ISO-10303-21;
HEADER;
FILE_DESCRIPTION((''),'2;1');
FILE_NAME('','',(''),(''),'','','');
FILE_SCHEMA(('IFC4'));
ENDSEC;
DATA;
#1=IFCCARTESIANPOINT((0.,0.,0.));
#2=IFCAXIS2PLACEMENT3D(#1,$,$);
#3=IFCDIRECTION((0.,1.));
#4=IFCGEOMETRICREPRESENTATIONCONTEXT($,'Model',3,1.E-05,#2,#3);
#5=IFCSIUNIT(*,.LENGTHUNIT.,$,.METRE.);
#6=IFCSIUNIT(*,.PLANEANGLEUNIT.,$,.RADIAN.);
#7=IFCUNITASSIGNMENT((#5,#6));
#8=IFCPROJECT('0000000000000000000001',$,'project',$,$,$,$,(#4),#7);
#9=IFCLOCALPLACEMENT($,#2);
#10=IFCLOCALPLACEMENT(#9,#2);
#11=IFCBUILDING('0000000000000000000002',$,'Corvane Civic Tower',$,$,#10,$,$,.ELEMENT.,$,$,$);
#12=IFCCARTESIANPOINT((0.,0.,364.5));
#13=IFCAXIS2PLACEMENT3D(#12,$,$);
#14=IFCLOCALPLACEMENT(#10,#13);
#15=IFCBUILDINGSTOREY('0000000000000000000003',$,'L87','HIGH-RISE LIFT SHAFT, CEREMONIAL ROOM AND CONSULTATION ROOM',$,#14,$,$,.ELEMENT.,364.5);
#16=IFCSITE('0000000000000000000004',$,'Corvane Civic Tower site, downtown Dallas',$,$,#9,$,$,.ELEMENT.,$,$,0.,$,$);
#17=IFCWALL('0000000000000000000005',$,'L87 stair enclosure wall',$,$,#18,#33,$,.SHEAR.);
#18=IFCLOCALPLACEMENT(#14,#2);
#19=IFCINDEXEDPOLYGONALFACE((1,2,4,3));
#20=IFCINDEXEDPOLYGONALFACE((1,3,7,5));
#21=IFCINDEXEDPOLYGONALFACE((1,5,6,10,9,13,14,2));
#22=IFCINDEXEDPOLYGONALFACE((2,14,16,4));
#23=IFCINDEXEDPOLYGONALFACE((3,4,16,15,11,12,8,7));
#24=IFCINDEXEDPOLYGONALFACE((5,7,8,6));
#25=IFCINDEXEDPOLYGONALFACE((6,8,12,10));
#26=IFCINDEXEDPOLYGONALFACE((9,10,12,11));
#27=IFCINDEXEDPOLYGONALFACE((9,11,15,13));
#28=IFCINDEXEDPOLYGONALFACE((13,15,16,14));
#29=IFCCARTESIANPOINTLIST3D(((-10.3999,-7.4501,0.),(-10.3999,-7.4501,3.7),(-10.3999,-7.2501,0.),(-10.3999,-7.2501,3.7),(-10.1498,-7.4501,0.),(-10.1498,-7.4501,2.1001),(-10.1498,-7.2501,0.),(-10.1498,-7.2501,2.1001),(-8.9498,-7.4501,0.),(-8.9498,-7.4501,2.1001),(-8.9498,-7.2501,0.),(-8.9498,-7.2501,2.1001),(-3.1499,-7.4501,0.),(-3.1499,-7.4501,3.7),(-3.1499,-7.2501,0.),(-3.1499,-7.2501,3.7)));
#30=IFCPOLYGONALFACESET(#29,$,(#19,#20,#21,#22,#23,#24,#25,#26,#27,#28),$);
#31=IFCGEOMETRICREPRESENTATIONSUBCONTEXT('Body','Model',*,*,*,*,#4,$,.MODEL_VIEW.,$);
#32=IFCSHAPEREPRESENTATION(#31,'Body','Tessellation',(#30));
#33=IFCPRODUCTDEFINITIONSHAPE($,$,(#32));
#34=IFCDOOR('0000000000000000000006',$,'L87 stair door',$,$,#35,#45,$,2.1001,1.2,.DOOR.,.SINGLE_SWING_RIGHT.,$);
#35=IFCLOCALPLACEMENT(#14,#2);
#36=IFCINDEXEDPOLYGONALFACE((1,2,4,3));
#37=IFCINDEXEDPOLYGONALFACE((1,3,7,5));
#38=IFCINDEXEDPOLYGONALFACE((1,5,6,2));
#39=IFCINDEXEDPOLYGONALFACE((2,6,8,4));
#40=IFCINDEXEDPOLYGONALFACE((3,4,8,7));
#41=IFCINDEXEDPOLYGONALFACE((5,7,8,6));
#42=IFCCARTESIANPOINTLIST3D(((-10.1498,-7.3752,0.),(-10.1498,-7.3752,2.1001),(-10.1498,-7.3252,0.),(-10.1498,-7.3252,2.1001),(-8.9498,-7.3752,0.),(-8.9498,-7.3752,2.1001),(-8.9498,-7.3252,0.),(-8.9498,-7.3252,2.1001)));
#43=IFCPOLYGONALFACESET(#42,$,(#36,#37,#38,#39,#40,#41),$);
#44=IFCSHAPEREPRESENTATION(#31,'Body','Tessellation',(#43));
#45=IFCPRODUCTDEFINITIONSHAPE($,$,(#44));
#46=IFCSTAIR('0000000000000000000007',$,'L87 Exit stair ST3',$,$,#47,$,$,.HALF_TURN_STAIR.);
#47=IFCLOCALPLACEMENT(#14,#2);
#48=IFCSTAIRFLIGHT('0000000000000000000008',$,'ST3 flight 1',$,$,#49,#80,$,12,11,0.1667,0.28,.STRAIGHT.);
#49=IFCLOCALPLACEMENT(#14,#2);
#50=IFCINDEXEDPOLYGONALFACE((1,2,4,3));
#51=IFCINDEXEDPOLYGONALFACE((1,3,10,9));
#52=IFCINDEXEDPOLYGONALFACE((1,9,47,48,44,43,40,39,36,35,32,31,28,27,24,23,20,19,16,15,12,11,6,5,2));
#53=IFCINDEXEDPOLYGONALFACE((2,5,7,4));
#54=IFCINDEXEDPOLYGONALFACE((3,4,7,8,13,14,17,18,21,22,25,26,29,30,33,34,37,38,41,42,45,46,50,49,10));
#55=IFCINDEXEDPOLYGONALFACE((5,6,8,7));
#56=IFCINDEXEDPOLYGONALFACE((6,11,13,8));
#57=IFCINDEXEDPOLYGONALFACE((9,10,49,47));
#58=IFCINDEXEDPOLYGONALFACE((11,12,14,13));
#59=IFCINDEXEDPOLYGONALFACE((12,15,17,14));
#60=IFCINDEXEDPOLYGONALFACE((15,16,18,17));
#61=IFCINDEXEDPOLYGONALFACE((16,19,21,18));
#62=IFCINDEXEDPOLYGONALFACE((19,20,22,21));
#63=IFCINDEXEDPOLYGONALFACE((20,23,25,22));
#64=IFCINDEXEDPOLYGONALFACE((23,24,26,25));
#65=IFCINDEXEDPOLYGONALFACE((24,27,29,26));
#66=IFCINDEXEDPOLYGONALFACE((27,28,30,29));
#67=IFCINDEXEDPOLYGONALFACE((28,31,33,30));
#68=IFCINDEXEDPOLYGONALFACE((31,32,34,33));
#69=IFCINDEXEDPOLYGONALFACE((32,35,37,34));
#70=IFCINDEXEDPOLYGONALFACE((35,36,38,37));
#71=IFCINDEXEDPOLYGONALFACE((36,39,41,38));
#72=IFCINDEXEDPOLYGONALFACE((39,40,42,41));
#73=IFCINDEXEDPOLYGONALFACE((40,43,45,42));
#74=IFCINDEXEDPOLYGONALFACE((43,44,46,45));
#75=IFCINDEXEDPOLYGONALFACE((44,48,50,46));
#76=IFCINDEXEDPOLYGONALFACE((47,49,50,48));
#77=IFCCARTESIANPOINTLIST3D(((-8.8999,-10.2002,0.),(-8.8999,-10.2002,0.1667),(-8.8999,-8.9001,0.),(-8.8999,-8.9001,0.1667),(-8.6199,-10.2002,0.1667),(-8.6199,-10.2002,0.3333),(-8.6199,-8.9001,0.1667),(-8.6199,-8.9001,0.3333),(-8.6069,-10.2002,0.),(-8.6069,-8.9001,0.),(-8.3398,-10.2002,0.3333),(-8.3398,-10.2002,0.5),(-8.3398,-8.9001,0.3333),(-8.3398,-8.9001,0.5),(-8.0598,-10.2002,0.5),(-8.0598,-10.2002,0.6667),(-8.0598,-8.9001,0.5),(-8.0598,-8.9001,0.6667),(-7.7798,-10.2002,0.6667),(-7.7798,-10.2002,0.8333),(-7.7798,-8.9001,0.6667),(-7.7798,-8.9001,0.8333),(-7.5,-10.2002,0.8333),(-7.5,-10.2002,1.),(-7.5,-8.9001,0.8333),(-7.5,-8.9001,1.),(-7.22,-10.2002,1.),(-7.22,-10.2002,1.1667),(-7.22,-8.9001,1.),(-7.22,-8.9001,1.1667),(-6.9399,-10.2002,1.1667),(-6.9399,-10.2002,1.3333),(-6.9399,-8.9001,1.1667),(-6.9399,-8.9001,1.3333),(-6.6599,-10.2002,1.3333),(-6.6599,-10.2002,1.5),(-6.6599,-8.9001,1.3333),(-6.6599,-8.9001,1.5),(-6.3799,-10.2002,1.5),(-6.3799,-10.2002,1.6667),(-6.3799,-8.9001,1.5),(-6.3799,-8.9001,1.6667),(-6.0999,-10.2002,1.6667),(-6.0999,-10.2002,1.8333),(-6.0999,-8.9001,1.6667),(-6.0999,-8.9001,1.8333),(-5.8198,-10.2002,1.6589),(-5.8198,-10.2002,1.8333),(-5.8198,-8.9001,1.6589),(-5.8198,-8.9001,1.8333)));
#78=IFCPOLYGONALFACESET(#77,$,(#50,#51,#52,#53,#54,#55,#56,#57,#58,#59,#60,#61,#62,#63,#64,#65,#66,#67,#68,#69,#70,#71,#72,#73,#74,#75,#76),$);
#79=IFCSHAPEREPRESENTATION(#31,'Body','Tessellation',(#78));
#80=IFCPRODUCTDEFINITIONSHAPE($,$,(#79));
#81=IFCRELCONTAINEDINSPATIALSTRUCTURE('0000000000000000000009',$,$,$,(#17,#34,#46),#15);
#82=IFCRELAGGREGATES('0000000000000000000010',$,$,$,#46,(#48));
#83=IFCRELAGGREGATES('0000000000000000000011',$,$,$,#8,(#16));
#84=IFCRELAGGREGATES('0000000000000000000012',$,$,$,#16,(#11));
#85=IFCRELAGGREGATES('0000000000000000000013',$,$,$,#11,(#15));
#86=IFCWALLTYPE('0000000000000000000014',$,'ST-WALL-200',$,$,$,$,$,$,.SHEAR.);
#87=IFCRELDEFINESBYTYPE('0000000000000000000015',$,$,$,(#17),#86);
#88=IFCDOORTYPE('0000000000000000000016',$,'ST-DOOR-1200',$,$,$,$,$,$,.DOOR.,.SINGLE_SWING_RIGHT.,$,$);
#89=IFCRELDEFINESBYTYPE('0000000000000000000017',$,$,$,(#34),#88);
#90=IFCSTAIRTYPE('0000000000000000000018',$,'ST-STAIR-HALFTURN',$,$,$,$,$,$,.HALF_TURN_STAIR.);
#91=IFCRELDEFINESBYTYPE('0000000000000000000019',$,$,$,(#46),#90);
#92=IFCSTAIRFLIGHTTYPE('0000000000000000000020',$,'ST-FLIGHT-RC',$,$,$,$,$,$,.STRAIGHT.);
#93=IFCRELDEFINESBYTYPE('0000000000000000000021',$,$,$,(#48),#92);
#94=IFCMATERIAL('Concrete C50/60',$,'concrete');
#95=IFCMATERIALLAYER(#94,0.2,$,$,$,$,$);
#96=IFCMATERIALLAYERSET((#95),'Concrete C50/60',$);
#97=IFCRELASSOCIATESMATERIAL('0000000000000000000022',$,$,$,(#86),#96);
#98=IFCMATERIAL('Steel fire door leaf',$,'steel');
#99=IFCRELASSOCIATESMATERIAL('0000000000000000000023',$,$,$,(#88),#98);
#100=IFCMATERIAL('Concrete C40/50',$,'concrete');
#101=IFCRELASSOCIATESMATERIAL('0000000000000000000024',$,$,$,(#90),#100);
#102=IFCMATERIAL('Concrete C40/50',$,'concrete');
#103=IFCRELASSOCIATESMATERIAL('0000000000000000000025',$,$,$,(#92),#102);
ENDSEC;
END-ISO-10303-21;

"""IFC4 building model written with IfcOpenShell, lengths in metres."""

from ifc_helpers import new_model, si_unit, direction, frame, frame_2d, origin, place, context, subcontext, project, spatial, polyline, rectangle, outline, extrude, material, layer, layer_set, type_object, element, fill, aggregate, save


model = new_model("IFC4")

# Units and contexts
model_context = context("Model", 3, precision=1e-05, world=origin(), true_north=direction((0.0, 1.0)))
body_context = subcontext(model_context, "Body", "Model", "MODEL_VIEW")
ifc_project = project(units=[si_unit("LENGTHUNIT", "METRE"), si_unit("PLANEANGLEUNIT", "RADIAN")], contexts=[model_context])

# Site, building, storey
site_placement = place(None, origin())
site = spatial("IfcSite", under=ifc_project, at=site_placement, Name="Corvane Civic Tower site, downtown Dallas", CompositionType="ELEMENT", RefElevation=0.0)
building_placement = place(site_placement, origin())
building = spatial("IfcBuilding", under=site, at=building_placement, Name="Corvane Civic Tower", CompositionType="ELEMENT")
storey_placement = place(building_placement, frame((0.0, 0.0, 364.5)))
storey = spatial("IfcBuildingStorey", under=building, at=storey_placement, Name="L87", Description="HIGH-RISE LIFT SHAFT, CEREMONIAL ROOM AND CONSULTATION ROOM", CompositionType="ELEMENT", Elevation=364.5)

# Wall, opening, door
ifc_material_1 = material(Name="Concrete C50/60", Category="concrete")
ifc_layer_1 = layer(ifc_material_1, 0.2)
ifc_layer_set_1 = layer_set([ifc_layer_1], Name="Concrete C50/60")
wall_type_1 = type_object("IfcWallType", Name="ST-WALL-200", PredefinedType="SHEAR", material=ifc_layer_set_1)
wall_1_placement = place(storey_placement, frame((-10.3999, -7.3501, 0.0), z_axis=(0.0, 0.0, 1.0), x_axis=(1.0, 0.0, 0.0)))
wall_1 = element("IfcWall", 1, at=wall_1_placement, inside=storey, type_object=wall_type_1, Name="L87 stair enclosure wall", PredefinedType="SHEAR", context=body_context, shape_type="SweptSolid", body=[
    extrude(rectangle(XDim=7.25, YDim=0.2, at=frame_2d((3.625, 0.0))), origin(), (0.0, 0.0, 1.0), 3.7),
])
opening_1_placement = place(wall_1_placement, frame((0.25, 0.0, 0.0)))
opening_1 = element("IfcOpeningElement", 2, at=opening_1_placement, cuts=wall_1, PredefinedType="OPENING", context=body_context, shape_type="SweptSolid", body=[
    extrude(rectangle(XDim=1.2, YDim=2.1001, at=frame_2d((0.6001, 1.05))), frame((0.0, 0.1099, 0.0), z_axis=(0.0, -1.0, 0.0), x_axis=(1.0, 0.0, 0.0)), (0.0, 0.0, 1.0), 0.22),
])
ifc_material_2 = material(Name="Steel fire door leaf", Category="steel")
door_type_1 = type_object("IfcDoorType", Name="ST-DOOR-1200", OperationType="SINGLE_SWING_RIGHT", PredefinedType="DOOR", material=ifc_material_2)
door_1_placement = place(opening_1_placement, origin())
door_1 = element("IfcDoor", 3, at=door_1_placement, inside=storey, type_object=door_type_1, Name="L87 stair door", OperationType="SINGLE_SWING_RIGHT", OverallHeight=2.1001, OverallWidth=1.2, PredefinedType="DOOR", context=body_context, shape_type="SweptSolid", body=[
    extrude(rectangle(XDim=1.2, YDim=2.1001, at=frame_2d((0.6001, 1.05))), frame((0.0, 0.0249, 0.0), z_axis=(0.0, -1.0, 0.0), x_axis=(1.0, 0.0, 0.0)), (0.0, 0.0, 1.0), 0.05),
])
fill(opening_1, door_1)

# Stair, stair flight
ifc_material_3 = material(Name="Concrete C40/50", Category="concrete")
stair_type = type_object("IfcStairType", Name="ST-STAIR-HALFTURN", PredefinedType="HALF_TURN_STAIR", material=ifc_material_3)
stair_placement = place(storey_placement, origin())
stair = element("IfcStair", 4, at=stair_placement, inside=storey, type_object=stair_type, Name="L87 Exit stair ST3", PredefinedType="HALF_TURN_STAIR")
ifc_material_4 = material(Name="Concrete C40/50", Category="concrete")
stair_flight_type = type_object("IfcStairFlightType", Name="ST-FLIGHT-RC", PredefinedType="STRAIGHT", material=ifc_material_4)
stair_flight_placement = place(storey_placement, frame((-8.8999, -9.55, 0.0), z_axis=(0.0, 0.0, 1.0), x_axis=(1.0, 0.0, 0.0)))
stair_flight = element("IfcStairFlight", 5, at=stair_flight_placement, type_object=stair_flight_type, Name="ST3 flight 1", NumberOfRisers=12, NumberOfTreads=11, PredefinedType="STRAIGHT", RiserHeight=0.1667, TreadLength=0.28, context=body_context, shape_type="SweptSolid", body=[
    extrude(outline(polyline([(0.0, 0.0), (0.0, 0.1667), (0.28, 0.1667), (0.28, 0.3333), (0.5601, 0.3333), (0.5601, 0.5), (0.8401, 0.5), (0.8401, 0.6667), (1.1201, 0.6667), (1.1201, 0.8333), (1.3999, 0.8333), (1.3999, 1.0), (1.6799, 1.0), (1.6799, 1.1667), (1.96, 1.1667), (1.96, 1.3333), (2.24, 1.3333), (2.24, 1.5), (2.52, 1.5), (2.52, 1.6667), (2.8, 1.6667), (2.8, 1.8333), (3.0801, 1.8333), (3.0801, 2.0), (3.0801, 1.6589), (0.293, 0.0), (0.0, 0.0)])), frame((0.0, 0.6499, 0.0), z_axis=(0.0, -1.0, 0.0), x_axis=(1.0, 0.0, 0.0)), (0.0, 0.0, 1.0), 1.3),
])
aggregate(stair, [stair_flight])

save(model, "model.ifc")
